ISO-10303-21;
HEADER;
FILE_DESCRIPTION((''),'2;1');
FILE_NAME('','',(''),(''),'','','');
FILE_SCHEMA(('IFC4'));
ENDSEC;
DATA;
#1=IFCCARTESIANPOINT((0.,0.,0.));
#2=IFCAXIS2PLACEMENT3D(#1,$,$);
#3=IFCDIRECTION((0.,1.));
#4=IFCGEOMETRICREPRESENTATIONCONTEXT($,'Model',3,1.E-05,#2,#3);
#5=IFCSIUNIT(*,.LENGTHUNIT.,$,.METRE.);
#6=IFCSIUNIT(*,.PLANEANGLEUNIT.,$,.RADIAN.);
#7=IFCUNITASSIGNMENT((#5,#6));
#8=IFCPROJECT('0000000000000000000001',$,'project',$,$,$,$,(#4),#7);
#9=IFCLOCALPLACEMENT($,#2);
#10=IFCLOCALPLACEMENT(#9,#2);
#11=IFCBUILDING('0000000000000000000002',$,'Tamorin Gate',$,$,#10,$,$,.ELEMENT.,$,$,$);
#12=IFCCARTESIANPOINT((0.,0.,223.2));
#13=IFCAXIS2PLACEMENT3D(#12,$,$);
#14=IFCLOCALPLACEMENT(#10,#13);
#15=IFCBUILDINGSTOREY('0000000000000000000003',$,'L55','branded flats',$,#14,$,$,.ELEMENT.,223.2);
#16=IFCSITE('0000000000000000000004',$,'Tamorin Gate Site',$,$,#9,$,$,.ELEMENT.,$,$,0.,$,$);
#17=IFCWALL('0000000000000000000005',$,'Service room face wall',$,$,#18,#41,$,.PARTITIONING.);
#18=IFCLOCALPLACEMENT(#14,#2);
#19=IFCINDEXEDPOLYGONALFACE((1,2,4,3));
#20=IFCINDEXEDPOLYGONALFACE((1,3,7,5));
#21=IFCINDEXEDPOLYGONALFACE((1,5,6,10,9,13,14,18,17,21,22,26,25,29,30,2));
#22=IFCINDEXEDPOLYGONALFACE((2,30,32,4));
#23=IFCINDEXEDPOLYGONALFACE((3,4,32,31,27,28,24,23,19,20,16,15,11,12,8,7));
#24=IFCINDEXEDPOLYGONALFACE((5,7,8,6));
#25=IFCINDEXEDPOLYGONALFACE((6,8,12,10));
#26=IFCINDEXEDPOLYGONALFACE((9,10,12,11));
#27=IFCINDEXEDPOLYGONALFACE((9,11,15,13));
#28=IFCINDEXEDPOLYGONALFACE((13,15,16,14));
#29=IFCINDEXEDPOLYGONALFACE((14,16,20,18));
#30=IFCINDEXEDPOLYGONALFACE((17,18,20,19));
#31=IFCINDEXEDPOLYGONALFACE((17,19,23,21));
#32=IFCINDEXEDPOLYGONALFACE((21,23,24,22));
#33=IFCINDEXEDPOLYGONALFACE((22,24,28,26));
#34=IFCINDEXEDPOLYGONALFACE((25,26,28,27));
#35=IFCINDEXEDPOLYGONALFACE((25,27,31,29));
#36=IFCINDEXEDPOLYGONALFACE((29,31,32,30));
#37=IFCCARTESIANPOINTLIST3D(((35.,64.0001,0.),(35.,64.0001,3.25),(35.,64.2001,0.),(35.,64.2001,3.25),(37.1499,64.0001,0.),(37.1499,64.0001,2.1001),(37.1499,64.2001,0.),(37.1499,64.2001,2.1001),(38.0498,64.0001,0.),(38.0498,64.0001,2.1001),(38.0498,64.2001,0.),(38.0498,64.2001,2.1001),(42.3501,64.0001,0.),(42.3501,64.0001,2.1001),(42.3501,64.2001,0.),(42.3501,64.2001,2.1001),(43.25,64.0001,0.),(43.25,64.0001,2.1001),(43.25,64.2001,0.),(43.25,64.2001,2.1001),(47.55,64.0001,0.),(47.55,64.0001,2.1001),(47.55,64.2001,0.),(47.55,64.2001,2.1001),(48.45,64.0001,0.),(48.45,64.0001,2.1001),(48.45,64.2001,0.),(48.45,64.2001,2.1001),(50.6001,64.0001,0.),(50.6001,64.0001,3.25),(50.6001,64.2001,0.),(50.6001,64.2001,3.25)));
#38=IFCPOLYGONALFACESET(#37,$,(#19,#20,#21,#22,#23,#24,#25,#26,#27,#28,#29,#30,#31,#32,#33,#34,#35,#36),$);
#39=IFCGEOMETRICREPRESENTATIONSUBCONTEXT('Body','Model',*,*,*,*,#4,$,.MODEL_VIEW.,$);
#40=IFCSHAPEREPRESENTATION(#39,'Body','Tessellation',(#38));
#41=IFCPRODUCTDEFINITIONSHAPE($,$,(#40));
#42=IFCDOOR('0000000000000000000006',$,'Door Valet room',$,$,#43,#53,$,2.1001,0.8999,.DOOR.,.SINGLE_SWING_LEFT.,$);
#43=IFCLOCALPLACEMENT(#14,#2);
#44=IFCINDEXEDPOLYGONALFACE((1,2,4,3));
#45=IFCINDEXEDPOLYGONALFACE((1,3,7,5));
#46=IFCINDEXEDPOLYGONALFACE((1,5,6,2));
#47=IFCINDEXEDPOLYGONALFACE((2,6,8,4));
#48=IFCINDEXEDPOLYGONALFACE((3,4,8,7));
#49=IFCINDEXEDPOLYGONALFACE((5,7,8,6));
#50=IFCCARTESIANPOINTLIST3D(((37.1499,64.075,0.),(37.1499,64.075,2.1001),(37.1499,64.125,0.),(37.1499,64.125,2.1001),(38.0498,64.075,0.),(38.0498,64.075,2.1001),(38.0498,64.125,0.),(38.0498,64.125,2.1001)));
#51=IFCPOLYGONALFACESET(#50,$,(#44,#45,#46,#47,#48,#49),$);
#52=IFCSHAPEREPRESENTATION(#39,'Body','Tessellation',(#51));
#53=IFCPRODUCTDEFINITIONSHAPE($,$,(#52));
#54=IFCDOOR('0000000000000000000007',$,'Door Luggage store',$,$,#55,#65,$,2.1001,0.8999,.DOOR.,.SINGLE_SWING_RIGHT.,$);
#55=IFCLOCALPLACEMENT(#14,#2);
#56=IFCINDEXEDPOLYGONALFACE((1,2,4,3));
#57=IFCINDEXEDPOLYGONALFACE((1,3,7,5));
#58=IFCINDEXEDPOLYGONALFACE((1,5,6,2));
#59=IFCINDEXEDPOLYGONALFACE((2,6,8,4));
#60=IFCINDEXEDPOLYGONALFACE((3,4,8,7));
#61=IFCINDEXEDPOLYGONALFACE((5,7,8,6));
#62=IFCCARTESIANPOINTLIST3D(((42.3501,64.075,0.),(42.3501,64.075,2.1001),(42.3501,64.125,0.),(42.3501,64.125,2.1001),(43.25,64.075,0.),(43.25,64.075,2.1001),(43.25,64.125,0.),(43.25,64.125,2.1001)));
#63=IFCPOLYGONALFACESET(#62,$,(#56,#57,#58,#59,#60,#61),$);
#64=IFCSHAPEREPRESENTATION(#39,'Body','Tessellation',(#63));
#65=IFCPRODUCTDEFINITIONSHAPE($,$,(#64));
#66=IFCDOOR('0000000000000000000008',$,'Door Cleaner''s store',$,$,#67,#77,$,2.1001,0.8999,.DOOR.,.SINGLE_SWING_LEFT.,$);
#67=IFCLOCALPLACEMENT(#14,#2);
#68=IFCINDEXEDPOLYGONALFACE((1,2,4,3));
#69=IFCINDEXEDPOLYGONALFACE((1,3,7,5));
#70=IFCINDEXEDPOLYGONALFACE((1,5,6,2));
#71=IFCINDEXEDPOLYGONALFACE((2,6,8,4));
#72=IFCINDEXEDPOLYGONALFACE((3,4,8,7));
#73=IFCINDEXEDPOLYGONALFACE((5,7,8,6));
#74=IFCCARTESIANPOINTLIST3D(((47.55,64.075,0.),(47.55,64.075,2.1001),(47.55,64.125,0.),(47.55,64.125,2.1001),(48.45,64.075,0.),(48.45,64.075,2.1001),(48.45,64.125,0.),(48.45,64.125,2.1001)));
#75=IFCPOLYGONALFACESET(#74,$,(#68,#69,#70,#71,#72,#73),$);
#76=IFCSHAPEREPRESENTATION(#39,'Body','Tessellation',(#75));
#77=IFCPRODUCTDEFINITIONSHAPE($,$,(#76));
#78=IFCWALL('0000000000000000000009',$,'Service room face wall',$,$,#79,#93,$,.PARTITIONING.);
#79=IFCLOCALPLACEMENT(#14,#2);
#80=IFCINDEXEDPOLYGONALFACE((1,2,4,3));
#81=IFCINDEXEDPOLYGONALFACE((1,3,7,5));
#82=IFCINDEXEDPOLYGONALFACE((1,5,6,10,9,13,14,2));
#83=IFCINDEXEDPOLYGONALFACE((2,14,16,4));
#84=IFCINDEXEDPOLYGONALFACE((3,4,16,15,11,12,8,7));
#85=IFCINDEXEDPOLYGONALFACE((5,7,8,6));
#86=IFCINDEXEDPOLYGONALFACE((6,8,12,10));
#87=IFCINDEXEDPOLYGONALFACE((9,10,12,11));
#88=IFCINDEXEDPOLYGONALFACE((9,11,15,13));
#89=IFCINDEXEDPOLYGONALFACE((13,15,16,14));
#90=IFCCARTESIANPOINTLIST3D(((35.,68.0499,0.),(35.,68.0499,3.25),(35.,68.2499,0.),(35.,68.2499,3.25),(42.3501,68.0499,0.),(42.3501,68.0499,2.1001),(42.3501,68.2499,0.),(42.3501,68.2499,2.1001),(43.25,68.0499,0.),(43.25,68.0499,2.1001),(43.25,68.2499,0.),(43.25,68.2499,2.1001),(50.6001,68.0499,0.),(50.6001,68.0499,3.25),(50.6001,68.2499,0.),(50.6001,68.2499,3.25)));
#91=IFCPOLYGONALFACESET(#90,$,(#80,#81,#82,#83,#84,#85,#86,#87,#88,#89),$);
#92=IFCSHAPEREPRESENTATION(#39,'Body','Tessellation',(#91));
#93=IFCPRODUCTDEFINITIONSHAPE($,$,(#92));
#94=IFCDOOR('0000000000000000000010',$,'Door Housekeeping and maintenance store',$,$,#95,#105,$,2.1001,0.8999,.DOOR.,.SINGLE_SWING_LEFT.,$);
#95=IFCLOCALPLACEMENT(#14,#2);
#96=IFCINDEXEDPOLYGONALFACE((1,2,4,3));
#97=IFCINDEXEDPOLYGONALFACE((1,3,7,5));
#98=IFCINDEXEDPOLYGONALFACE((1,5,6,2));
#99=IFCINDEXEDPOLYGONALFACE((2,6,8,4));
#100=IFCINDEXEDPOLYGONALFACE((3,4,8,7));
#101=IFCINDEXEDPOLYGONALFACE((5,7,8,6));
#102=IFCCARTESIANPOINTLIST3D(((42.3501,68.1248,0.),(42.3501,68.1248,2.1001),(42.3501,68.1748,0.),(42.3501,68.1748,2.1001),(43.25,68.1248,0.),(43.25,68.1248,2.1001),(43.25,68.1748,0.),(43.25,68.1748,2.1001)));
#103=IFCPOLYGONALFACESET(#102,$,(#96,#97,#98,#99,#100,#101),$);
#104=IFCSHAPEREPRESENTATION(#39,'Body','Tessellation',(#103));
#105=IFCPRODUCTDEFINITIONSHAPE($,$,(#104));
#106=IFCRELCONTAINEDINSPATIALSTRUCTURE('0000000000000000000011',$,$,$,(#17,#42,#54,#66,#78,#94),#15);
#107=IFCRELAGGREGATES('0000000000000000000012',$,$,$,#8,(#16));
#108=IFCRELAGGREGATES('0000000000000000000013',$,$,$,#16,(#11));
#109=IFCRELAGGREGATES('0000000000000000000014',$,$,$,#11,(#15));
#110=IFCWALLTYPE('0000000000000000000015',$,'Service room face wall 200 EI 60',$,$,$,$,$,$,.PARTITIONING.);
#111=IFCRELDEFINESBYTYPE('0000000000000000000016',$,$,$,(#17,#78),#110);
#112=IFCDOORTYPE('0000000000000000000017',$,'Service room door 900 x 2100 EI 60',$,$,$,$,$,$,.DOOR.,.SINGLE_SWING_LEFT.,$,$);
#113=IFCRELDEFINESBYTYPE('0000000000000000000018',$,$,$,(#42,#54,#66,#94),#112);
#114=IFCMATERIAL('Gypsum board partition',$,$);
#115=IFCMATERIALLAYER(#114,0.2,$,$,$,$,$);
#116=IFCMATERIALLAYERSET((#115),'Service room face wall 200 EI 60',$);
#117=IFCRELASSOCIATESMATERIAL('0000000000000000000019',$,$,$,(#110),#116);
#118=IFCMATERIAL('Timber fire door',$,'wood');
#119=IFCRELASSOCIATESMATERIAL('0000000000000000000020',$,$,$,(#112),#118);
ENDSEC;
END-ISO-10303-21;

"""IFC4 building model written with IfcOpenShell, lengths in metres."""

from ifc_helpers import new_model, si_unit, direction, frame, frame_2d, origin, place, context, subcontext, project, spatial, rectangle, extrude, material, layer, layer_set, type_object, element, fill, save


model = new_model("IFC4")

# Units and contexts
model_context = context("Model", 3, precision=1e-05, world=origin(), true_north=direction((0.0, 1.0)))
body_context = subcontext(model_context, "Body", "Model", "MODEL_VIEW")
ifc_project = project(units=[si_unit("LENGTHUNIT", "METRE"), si_unit("PLANEANGLEUNIT", "RADIAN")], contexts=[model_context])

# Site, building, storey
site_placement = place(None, origin())
site = spatial("IfcSite", under=ifc_project, at=site_placement, Name="Tamorin Gate Site", CompositionType="ELEMENT", RefElevation=0.0)
building_placement = place(site_placement, origin())
building = spatial("IfcBuilding", under=site, at=building_placement, Name="Tamorin Gate", CompositionType="ELEMENT")
storey_placement = place(building_placement, frame((0.0, 0.0, 223.2)))
storey = spatial("IfcBuildingStorey", under=building, at=storey_placement, Name="L55", Description="branded flats", CompositionType="ELEMENT", Elevation=223.2)

# Wall, openings, doors
ifc_material_1 = material(Name="Gypsum board partition")
ifc_layer_1 = layer(ifc_material_1, 0.2)
ifc_layer_set_1 = layer_set([ifc_layer_1], Name="Service room face wall 200 EI 60")
wall_type_1 = type_object("IfcWallType", Name="Service room face wall 200 EI 60", PredefinedType="PARTITIONING", material=ifc_layer_set_1)
wall_1_placement = place(storey_placement, frame((35.0, 64.1001, 0.0), z_axis=(0.0, 0.0, 1.0), x_axis=(1.0, 0.0, 0.0)))
wall_1 = element("IfcWall", 1, at=wall_1_placement, inside=storey, type_object=wall_type_1, Name="Service room face wall", PredefinedType="PARTITIONING", context=body_context, shape_type="SweptSolid", body=[
    extrude(rectangle(XDim=15.6001, YDim=0.2, at=frame_2d((7.8, 0.0))), origin(), (0.0, 0.0, 1.0), 3.25),
])
opening_1_placement = place(wall_1_placement, frame((2.1499, 0.0, 0.0)))
opening_1 = element("IfcOpeningElement", 2, at=opening_1_placement, cuts=wall_1, PredefinedType="OPENING", context=body_context, shape_type="SweptSolid", body=[
    extrude(rectangle(XDim=0.8999, YDim=2.1001, at=frame_2d((0.45, 1.05))), frame((0.0, 0.1099, 0.0), z_axis=(0.0, -1.0, 0.0), x_axis=(1.0, 0.0, 0.0)), (0.0, 0.0, 1.0), 0.22),
])
opening_2_placement = place(wall_1_placement, frame((7.3501, 0.0, 0.0)))
opening_2 = element("IfcOpeningElement", 3, at=opening_2_placement, cuts=wall_1, PredefinedType="OPENING", context=body_context, shape_type="SweptSolid", body=[
    extrude(rectangle(XDim=0.8999, YDim=2.1001, at=frame_2d((0.45, 1.05))), frame((0.0, 0.1099, 0.0), z_axis=(0.0, -1.0, 0.0), x_axis=(1.0, 0.0, 0.0)), (0.0, 0.0, 1.0), 0.22),
])
opening_3_placement = place(wall_1_placement, frame((12.55, 0.0, 0.0)))
opening_3 = element("IfcOpeningElement", 4, at=opening_3_placement, cuts=wall_1, PredefinedType="OPENING", context=body_context, shape_type="SweptSolid", body=[
    extrude(rectangle(XDim=0.8999, YDim=2.1001, at=frame_2d((0.45, 1.05))), frame((0.0, 0.1099, 0.0), z_axis=(0.0, -1.0, 0.0), x_axis=(1.0, 0.0, 0.0)), (0.0, 0.0, 1.0), 0.22),
])
ifc_material_2 = material(Name="Timber fire door", Category="wood")
door_type_1 = type_object("IfcDoorType", Name="Service room door 900 x 2100 EI 60", OperationType="SINGLE_SWING_LEFT", PredefinedType="DOOR", material=ifc_material_2)
door_1_placement = place(opening_1_placement, origin())
door_1 = element("IfcDoor", 5, at=door_1_placement, inside=storey, type_object=door_type_1, Name="Door Valet room", OperationType="SINGLE_SWING_LEFT", OverallHeight=2.1001, OverallWidth=0.8999, PredefinedType="DOOR", context=body_context, shape_type="SweptSolid", body=[
    extrude(rectangle(XDim=0.8999, YDim=2.1001, at=frame_2d((0.45, 1.05))), frame((0.0, 0.0249, 0.0), z_axis=(0.0, -1.0, 0.0), x_axis=(1.0, 0.0, 0.0)), (0.0, 0.0, 1.0), 0.05),
])
fill(opening_1, door_1)
door_2_placement = place(opening_2_placement, origin())
door_2 = element("IfcDoor", 6, at=door_2_placement, inside=storey, type_object=door_type_1, Name="Door Luggage store", OperationType="SINGLE_SWING_RIGHT", OverallHeight=2.1001, OverallWidth=0.8999, PredefinedType="DOOR", context=body_context, shape_type="SweptSolid", body=[
    extrude(rectangle(XDim=0.8999, YDim=2.1001, at=frame_2d((0.45, 1.05))), frame((0.0, 0.0249, 0.0), z_axis=(0.0, -1.0, 0.0), x_axis=(1.0, 0.0, 0.0)), (0.0, 0.0, 1.0), 0.05),
])
fill(opening_2, door_2)
door_3_placement = place(opening_3_placement, origin())
door_3 = element("IfcDoor", 7, at=door_3_placement, inside=storey, type_object=door_type_1, Name="Door Cleaner's store", OperationType="SINGLE_SWING_LEFT", OverallHeight=2.1001, OverallWidth=0.8999, PredefinedType="DOOR", context=body_context, shape_type="SweptSolid", body=[
    extrude(rectangle(XDim=0.8999, YDim=2.1001, at=frame_2d((0.45, 1.05))), frame((0.0, 0.0249, 0.0), z_axis=(0.0, -1.0, 0.0), x_axis=(1.0, 0.0, 0.0)), (0.0, 0.0, 1.0), 0.05),
])
fill(opening_3, door_3)

# Wall, opening, door
wall_2_placement = place(storey_placement, frame((35.0, 68.1499, 0.0), z_axis=(0.0, 0.0, 1.0), x_axis=(1.0, 0.0, 0.0)))
wall_2 = element("IfcWall", 8, at=wall_2_placement, inside=storey, type_object=wall_type_1, Name="Service room face wall", PredefinedType="PARTITIONING", context=body_context, shape_type="SweptSolid", body=[
    extrude(rectangle(XDim=15.6001, YDim=0.2, at=frame_2d((7.8, 0.0))), origin(), (0.0, 0.0, 1.0), 3.25),
])
opening_4_placement = place(wall_2_placement, frame((7.3501, 0.0, 0.0)))
opening_4 = element("IfcOpeningElement", 9, at=opening_4_placement, cuts=wall_2, PredefinedType="OPENING", context=body_context, shape_type="SweptSolid", body=[
    extrude(rectangle(XDim=0.8999, YDim=2.1001, at=frame_2d((0.45, 1.05))), frame((0.0, 0.1099, 0.0), z_axis=(0.0, -1.0, 0.0), x_axis=(1.0, 0.0, 0.0)), (0.0, 0.0, 1.0), 0.22),
])
door_4_placement = place(opening_4_placement, origin())
door_4 = element("IfcDoor", 10, at=door_4_placement, inside=storey, type_object=door_type_1, Name="Door Housekeeping and maintenance store", OperationType="SINGLE_SWING_LEFT", OverallHeight=2.1001, OverallWidth=0.8999, PredefinedType="DOOR", context=body_context, shape_type="SweptSolid", body=[
    extrude(rectangle(XDim=0.8999, YDim=2.1001, at=frame_2d((0.45, 1.05))), frame((0.0, 0.0249, 0.0), z_axis=(0.0, -1.0, 0.0), x_axis=(1.0, 0.0, 0.0)), (0.0, 0.0, 1.0), 0.05),
])
fill(opening_4, door_4)

save(model, "model.ifc")
